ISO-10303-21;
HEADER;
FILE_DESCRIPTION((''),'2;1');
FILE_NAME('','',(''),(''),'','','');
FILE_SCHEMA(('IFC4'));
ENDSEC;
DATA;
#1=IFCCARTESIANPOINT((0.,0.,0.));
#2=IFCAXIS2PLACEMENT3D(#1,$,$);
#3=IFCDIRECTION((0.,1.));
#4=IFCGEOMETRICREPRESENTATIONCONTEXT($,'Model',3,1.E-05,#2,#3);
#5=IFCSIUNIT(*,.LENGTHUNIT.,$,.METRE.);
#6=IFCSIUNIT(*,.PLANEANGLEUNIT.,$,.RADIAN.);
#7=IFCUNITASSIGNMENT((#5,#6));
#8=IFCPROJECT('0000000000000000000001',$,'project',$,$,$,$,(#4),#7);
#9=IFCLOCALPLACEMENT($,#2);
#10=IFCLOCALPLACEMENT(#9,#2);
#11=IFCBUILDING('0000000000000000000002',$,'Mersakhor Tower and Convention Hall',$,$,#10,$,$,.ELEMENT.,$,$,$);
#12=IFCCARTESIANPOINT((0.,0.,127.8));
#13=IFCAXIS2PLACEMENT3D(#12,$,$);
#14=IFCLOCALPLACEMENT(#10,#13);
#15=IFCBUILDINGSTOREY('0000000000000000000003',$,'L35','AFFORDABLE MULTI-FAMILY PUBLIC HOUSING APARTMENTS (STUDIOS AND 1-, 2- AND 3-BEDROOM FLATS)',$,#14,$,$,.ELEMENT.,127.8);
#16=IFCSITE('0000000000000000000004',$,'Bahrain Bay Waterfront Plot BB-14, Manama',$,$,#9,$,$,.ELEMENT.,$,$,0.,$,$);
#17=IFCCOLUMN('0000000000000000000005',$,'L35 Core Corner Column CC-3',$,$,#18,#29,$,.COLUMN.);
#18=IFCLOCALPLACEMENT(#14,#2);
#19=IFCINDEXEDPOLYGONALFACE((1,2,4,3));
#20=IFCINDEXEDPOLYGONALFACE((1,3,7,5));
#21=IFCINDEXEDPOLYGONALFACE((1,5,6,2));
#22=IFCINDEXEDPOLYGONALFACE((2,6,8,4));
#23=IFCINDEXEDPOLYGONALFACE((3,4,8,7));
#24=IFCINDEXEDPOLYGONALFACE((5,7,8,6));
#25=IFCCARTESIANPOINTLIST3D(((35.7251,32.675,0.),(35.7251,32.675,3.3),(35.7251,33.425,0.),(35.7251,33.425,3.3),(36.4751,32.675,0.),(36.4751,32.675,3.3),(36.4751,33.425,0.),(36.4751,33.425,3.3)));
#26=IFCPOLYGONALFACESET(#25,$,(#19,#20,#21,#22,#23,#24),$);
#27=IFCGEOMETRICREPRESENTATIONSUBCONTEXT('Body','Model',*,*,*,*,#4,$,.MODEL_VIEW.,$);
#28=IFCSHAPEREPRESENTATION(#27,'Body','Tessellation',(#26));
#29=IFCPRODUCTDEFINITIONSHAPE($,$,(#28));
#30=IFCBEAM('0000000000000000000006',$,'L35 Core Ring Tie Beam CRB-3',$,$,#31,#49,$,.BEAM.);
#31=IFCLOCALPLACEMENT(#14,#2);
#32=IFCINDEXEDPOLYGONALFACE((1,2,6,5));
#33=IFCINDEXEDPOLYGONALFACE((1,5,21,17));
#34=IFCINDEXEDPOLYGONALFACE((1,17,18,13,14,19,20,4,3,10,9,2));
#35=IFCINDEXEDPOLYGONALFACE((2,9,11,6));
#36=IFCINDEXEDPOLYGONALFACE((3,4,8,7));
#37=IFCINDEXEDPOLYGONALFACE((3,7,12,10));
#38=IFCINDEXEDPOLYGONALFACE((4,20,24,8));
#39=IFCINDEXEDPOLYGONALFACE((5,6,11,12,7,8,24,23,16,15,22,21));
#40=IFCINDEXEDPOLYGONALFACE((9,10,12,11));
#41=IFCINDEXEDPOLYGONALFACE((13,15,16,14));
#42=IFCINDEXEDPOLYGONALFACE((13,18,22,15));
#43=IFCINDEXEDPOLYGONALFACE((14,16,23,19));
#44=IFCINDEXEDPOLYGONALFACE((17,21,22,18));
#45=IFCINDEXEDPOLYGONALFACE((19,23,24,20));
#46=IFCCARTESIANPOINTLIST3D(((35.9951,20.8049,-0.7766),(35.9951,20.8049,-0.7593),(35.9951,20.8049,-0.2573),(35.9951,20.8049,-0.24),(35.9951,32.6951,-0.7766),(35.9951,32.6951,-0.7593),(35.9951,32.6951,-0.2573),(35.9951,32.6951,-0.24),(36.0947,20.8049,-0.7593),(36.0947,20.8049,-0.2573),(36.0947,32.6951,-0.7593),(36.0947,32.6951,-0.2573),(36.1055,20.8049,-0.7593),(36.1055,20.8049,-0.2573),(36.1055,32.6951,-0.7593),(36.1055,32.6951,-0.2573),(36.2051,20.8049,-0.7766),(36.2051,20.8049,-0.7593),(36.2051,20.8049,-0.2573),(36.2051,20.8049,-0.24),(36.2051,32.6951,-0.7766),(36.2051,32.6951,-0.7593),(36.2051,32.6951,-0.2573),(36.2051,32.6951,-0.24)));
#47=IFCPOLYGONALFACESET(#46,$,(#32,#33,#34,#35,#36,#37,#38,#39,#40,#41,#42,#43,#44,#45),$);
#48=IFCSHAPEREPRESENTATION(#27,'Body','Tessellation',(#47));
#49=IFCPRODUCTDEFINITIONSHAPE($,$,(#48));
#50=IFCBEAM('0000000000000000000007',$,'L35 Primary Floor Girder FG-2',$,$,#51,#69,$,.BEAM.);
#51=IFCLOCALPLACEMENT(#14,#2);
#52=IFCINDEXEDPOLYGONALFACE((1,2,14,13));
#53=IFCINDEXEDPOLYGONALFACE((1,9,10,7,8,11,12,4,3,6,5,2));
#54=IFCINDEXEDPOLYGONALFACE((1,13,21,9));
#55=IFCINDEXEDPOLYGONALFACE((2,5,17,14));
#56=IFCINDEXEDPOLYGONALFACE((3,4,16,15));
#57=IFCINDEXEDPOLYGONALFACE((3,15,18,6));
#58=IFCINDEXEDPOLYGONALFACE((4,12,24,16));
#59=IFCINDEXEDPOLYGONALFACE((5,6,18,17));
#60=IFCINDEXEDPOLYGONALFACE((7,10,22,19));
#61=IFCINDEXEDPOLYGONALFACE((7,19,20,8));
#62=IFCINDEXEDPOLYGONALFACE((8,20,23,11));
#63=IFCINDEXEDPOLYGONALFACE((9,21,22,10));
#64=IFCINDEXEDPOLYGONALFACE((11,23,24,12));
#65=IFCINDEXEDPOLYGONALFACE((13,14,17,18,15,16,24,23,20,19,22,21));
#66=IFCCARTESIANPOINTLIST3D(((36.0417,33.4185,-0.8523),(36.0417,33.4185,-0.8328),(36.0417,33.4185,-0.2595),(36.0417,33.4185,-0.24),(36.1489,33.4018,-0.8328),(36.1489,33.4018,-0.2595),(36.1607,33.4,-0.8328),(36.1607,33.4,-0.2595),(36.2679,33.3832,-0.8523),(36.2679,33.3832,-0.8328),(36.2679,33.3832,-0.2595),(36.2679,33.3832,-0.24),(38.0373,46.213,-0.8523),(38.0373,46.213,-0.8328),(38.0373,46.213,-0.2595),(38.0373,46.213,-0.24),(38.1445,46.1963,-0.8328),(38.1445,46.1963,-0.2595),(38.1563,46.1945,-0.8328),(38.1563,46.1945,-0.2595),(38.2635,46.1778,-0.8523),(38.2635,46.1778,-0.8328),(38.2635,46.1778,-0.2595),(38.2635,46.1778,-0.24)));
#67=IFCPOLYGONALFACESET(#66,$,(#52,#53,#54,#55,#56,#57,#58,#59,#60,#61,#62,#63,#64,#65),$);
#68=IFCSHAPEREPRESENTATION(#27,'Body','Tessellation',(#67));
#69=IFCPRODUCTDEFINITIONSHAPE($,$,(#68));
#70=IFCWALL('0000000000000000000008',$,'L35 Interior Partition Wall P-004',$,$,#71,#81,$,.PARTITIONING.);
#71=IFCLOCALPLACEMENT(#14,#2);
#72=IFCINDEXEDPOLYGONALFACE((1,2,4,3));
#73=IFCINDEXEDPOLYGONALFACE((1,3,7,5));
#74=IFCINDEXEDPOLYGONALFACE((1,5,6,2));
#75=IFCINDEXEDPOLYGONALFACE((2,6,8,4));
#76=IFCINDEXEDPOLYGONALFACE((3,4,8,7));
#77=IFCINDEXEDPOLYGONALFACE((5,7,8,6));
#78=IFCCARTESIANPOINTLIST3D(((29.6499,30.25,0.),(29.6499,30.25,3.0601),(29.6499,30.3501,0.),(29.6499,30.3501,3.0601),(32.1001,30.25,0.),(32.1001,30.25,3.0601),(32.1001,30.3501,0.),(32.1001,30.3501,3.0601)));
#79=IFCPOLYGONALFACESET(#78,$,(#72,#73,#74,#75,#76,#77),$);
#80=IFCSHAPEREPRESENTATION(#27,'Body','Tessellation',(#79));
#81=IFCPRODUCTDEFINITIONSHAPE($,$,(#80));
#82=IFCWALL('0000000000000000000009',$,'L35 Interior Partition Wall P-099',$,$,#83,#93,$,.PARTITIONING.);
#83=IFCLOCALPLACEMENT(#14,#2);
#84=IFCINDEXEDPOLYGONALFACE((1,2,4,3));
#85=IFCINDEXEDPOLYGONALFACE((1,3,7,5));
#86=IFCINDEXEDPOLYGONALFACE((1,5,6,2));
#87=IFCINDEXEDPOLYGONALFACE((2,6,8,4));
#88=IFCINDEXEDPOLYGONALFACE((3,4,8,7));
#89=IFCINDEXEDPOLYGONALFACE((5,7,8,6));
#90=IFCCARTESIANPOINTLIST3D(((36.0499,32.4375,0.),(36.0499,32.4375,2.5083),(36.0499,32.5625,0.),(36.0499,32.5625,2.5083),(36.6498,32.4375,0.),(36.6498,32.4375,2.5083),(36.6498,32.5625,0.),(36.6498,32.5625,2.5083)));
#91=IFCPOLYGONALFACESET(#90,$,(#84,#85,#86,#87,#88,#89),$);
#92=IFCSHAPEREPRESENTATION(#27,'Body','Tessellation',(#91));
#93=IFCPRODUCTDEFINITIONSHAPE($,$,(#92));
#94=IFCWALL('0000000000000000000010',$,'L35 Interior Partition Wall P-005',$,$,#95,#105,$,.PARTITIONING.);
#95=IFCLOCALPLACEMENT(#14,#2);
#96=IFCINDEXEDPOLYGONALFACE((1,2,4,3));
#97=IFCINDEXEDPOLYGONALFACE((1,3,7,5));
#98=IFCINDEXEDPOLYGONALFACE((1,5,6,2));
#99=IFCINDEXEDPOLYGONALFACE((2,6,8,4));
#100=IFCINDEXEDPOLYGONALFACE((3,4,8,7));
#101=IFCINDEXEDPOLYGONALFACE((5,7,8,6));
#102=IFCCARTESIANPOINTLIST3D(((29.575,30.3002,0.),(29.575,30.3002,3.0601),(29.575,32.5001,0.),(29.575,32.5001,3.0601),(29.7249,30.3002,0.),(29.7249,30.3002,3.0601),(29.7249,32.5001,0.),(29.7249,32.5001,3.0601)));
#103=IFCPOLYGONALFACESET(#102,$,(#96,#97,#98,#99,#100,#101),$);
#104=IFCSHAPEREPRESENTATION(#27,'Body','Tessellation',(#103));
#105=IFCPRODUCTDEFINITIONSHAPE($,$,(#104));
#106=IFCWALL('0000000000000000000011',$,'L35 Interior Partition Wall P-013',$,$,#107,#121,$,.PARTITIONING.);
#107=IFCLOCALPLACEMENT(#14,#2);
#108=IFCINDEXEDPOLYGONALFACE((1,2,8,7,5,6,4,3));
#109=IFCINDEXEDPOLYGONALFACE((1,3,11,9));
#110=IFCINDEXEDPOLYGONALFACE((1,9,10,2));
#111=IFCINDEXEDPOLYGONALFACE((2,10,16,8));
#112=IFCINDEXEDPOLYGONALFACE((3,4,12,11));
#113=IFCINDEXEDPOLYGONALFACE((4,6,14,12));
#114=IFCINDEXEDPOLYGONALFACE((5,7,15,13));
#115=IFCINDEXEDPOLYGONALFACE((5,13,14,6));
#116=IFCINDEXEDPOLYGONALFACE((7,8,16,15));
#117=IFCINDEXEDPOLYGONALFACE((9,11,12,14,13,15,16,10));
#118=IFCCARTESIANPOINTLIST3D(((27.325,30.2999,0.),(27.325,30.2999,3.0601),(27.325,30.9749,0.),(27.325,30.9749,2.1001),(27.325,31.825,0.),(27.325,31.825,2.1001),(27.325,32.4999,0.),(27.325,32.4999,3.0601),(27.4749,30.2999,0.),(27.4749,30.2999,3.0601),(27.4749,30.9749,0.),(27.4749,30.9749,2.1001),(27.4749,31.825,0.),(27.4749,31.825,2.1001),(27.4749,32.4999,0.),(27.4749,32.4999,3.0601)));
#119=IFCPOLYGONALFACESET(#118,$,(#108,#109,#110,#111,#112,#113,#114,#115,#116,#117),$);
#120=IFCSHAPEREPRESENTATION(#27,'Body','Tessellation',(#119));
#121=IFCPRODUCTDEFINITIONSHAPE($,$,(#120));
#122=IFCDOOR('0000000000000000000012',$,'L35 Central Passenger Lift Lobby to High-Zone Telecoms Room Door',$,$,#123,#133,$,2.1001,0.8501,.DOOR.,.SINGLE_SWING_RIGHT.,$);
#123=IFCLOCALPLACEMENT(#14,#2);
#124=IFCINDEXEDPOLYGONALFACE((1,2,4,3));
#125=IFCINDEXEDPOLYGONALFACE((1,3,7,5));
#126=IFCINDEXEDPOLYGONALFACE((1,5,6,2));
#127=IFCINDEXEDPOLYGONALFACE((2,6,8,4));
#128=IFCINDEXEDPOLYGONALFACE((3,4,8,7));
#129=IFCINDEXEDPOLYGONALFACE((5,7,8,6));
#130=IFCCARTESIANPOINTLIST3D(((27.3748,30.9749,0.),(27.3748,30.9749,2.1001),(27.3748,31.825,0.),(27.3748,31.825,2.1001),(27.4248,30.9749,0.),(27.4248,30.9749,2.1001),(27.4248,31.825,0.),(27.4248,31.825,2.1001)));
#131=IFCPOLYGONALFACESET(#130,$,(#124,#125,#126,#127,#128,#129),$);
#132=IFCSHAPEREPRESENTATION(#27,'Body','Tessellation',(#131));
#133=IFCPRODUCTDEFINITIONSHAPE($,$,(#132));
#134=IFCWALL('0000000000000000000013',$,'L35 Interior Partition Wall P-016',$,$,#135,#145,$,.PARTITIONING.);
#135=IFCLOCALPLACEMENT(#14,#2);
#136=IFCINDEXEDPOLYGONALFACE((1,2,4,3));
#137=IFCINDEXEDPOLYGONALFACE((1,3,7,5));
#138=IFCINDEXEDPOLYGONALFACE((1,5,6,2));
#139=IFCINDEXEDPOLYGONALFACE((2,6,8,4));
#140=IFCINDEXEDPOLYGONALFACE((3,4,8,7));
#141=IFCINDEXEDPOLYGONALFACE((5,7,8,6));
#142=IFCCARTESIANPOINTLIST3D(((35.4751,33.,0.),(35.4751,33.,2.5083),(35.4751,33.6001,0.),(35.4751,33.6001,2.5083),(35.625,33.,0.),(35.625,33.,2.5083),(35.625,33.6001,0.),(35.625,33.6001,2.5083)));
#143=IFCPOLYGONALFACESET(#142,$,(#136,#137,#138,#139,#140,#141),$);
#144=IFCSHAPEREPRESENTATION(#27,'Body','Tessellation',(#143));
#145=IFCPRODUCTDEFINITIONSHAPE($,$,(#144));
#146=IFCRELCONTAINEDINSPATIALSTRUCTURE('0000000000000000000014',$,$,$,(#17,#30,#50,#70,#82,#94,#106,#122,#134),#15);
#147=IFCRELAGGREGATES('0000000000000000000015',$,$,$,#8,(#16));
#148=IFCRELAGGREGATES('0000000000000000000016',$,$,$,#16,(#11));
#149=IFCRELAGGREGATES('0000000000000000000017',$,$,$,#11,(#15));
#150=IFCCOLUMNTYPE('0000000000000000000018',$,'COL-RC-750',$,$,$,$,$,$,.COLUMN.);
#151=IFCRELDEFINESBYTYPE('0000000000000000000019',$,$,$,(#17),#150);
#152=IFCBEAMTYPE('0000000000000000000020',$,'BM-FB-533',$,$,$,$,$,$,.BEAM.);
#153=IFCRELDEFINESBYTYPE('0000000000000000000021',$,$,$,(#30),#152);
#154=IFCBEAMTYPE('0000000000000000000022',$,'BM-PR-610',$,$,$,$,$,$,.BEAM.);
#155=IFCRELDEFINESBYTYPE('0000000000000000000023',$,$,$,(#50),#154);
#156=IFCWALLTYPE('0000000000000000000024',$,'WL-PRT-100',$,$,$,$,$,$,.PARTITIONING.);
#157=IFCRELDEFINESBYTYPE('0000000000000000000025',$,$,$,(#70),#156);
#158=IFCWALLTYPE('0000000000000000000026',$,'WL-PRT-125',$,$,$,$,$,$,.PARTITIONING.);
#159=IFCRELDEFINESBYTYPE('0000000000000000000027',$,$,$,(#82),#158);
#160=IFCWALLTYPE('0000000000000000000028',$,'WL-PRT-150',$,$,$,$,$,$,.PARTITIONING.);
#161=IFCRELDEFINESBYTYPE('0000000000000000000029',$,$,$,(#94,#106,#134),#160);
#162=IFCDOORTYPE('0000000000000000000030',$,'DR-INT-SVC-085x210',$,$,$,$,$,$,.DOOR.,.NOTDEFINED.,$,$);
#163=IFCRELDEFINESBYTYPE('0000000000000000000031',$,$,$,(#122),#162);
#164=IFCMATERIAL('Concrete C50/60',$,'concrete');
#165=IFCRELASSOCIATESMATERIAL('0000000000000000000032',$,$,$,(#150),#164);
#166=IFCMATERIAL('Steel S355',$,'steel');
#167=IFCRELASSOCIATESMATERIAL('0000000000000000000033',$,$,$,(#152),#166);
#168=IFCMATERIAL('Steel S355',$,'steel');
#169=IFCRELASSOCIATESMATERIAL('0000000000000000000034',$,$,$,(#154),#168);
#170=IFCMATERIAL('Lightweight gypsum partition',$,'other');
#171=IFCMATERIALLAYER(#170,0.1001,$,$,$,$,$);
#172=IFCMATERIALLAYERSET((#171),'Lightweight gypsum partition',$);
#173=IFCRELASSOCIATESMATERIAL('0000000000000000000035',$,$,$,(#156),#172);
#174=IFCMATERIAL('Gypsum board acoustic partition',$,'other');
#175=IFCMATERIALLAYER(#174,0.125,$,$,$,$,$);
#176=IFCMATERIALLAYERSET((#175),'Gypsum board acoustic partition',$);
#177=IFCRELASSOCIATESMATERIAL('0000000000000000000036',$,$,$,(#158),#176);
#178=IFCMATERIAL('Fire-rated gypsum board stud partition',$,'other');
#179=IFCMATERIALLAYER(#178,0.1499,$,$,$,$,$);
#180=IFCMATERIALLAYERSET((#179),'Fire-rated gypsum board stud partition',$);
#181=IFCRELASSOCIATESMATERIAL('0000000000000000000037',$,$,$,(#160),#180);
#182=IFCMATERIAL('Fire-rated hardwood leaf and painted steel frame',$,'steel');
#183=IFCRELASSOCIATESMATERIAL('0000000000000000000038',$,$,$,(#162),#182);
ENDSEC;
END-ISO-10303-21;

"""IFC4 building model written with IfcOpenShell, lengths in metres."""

from ifc_helpers import new_model, si_unit, direction, frame, frame_2d, origin, origin_2d, place, context, subcontext, project, spatial, rectangle, i_section, extrude, material, layer, layer_set, material_profile, profile_set, type_object, element, fill, save


model = new_model("IFC4")

# Units and contexts
model_context = context("Model", 3, precision=1e-05, world=origin(), true_north=direction((0.0, 1.0)))
body_context = subcontext(model_context, "Body", "Model", "MODEL_VIEW")
ifc_project = project(units=[si_unit("LENGTHUNIT", "METRE"), si_unit("PLANEANGLEUNIT", "RADIAN")], contexts=[model_context])

# Site, building, storey
site_placement = place(None, origin())
site = spatial("IfcSite", under=ifc_project, at=site_placement, Name="Bahrain Bay Waterfront Plot BB-14, Manama", CompositionType="ELEMENT", RefElevation=0.0)
building_placement = place(site_placement, origin())
building = spatial("IfcBuilding", under=site, at=building_placement, Name="Mersakhor Tower and Convention Hall", CompositionType="ELEMENT")
storey_placement = place(building_placement, frame((0.0, 0.0, 127.8)))
storey = spatial("IfcBuildingStorey", under=building, at=storey_placement, Name="L35", Description="AFFORDABLE MULTI-FAMILY PUBLIC HOUSING APARTMENTS (STUDIOS AND 1-, 2- AND 3-BEDROOM FLATS)", CompositionType="ELEMENT", Elevation=127.8)

# Column
ifc_material_1 = material(Name="Concrete C50/60", Category="concrete")
ifc_material_profile_1 = material_profile(ifc_material_1, rectangle(XDim=0.75, YDim=0.75, at=origin_2d()), Name="RC 750x750")
ifc_profile_set_1 = profile_set([ifc_material_profile_1], Name="Concrete C50/60")
column_type = type_object("IfcColumnType", Name="COL-RC-750", PredefinedType="COLUMN", material=ifc_profile_set_1)
column_placement = place(storey_placement, frame((36.1001, 33.05, 0.0), z_axis=(0.0, 0.0, 1.0), x_axis=(1.0, 0.0, 0.0)))
element("IfcColumn", 1, at=column_placement, inside=storey, type_object=column_type, Name="L35 Core Corner Column CC-3", PredefinedType="COLUMN", context=body_context, shape_type="SweptSolid", body=[
    extrude(rectangle(XDim=0.75, YDim=0.75, at=origin_2d()), origin(), (0.0, 0.0, 1.0), 3.3),
])

# Beams
ifc_material_2 = material(Name="Steel S355", Category="steel")
ifc_material_profile_2 = material_profile(ifc_material_2, i_section(OverallWidth=0.21, OverallDepth=0.5366, WebThickness=0.0107, FlangeThickness=0.0173, at=origin_2d()), Name="UB 533x210x101")
ifc_profile_set_2 = profile_set([ifc_material_profile_2], Name="Steel S355")
beam_type_1 = type_object("IfcBeamType", Name="BM-FB-533", PredefinedType="BEAM", material=ifc_profile_set_2)
beam_1_placement = place(storey_placement, frame((36.1001, 32.6951, -0.5083), z_axis=(0.0, -1.0, 0.0), x_axis=(1.0, 0.0, 0.0)))
element("IfcBeam", 2, at=beam_1_placement, inside=storey, type_object=beam_type_1, Name="L35 Core Ring Tie Beam CRB-3", PredefinedType="BEAM", context=body_context, shape_type="SweptSolid", body=[
    extrude(i_section(OverallWidth=0.21, OverallDepth=0.5366, WebThickness=0.0107, FlangeThickness=0.0173, at=origin_2d()), origin(), (0.0, 0.0, 1.0), 11.8901),
])
ifc_material_3 = material(Name="Steel S355", Category="steel")
ifc_material_profile_3 = material_profile(ifc_material_3, i_section(OverallWidth=0.229, OverallDepth=0.6123, WebThickness=0.012, FlangeThickness=0.0195, at=origin_2d()), Name="UB 610x229x125")
ifc_profile_set_3 = profile_set([ifc_material_profile_3], Name="Steel S355")
beam_type_2 = type_object("IfcBeamType", Name="BM-PR-610", PredefinedType="BEAM", material=ifc_profile_set_3)
beam_2_placement = place(storey_placement, frame((36.1548, 33.4009, -0.5461), z_axis=(0.154111, 0.988054, 0.0), x_axis=(-0.988054, 0.154111, 0.0)))
element("IfcBeam", 3, at=beam_2_placement, inside=storey, type_object=beam_type_2, Name="L35 Primary Floor Girder FG-2", PredefinedType="BEAM", context=body_context, shape_type="SweptSolid", body=[
    extrude(i_section(OverallWidth=0.229, OverallDepth=0.6123, WebThickness=0.012, FlangeThickness=0.0195, at=origin_2d()), origin(), (0.0, 0.0, 1.0), 12.9492),
])

# Walls
ifc_material_4 = material(Name="Lightweight gypsum partition", Category="other")
ifc_layer_1 = layer(ifc_material_4, 0.1001)
ifc_layer_set_1 = layer_set([ifc_layer_1], Name="Lightweight gypsum partition")
wall_type_1 = type_object("IfcWallType", Name="WL-PRT-100", PredefinedType="PARTITIONING", material=ifc_layer_set_1)
wall_1_placement = place(storey_placement, frame((32.1001, 30.3, 0.0), z_axis=(0.0, 0.0, 1.0), x_axis=(-1.0, 0.0, 0.0)))
element("IfcWall", 4, at=wall_1_placement, inside=storey, type_object=wall_type_1, Name="L35 Interior Partition Wall P-004", PredefinedType="PARTITIONING", context=body_context, shape_type="SweptSolid", body=[
    extrude(rectangle(XDim=2.4502, YDim=0.1001, at=frame_2d((1.2251, 0.0))), origin(), (0.0, 0.0, 1.0), 3.0601),
])
ifc_material_5 = material(Name="Gypsum board acoustic partition", Category="other")
ifc_layer_2 = layer(ifc_material_5, 0.125)
ifc_layer_set_2 = layer_set([ifc_layer_2], Name="Gypsum board acoustic partition")
wall_type_2 = type_object("IfcWallType", Name="WL-PRT-125", PredefinedType="PARTITIONING", material=ifc_layer_set_2)
wall_2_placement = place(storey_placement, frame((36.05, 32.5, 0.0), z_axis=(0.0, 0.0, 1.0), x_axis=(1.0, 0.0, 0.0)))
element("IfcWall", 5, at=wall_2_placement, inside=storey, type_object=wall_type_2, Name="L35 Interior Partition Wall P-099", PredefinedType="PARTITIONING", context=body_context, shape_type="SweptSolid", body=[
    extrude(rectangle(XDim=0.5999, YDim=0.125, at=frame_2d((0.2998, 0.0))), origin(), (0.0, 0.0, 1.0), 2.5083),
])
ifc_material_6 = material(Name="Fire-rated gypsum board stud partition", Category="other")
ifc_layer_3 = layer(ifc_material_6, 0.1499)
ifc_layer_set_3 = layer_set([ifc_layer_3], Name="Fire-rated gypsum board stud partition")
wall_type_3 = type_object("IfcWallType", Name="WL-PRT-150", PredefinedType="PARTITIONING", material=ifc_layer_set_3)
wall_3_placement = place(storey_placement, frame((29.6499, 30.3, 0.0), z_axis=(0.0, 0.0, 1.0), x_axis=(0.0, 1.0, 0.0)))
element("IfcWall", 6, at=wall_3_placement, inside=storey, type_object=wall_type_3, Name="L35 Interior Partition Wall P-005", PredefinedType="PARTITIONING", context=body_context, shape_type="SweptSolid", body=[
    extrude(rectangle(XDim=2.2, YDim=0.1499, at=frame_2d((1.1001, 0.0))), origin(), (0.0, 0.0, 1.0), 3.0601),
])

# Wall, opening, door
wall_4_placement = place(storey_placement, frame((27.3999, 32.5, 0.0), z_axis=(0.0, 0.0, 1.0), x_axis=(0.0, -1.0, 0.0)))
wall_4 = element("IfcWall", 7, at=wall_4_placement, inside=storey, type_object=wall_type_3, Name="L35 Interior Partition Wall P-013", PredefinedType="PARTITIONING", context=body_context, shape_type="SweptSolid", body=[
    extrude(rectangle(XDim=2.2, YDim=0.1499, at=frame_2d((1.1001, 0.0))), origin(), (0.0, 0.0, 1.0), 3.0601),
])
opening_1_placement = place(wall_4_placement, frame((0.675, 0.0, 0.0)))
opening_1 = element("IfcOpeningElement", 8, at=opening_1_placement, cuts=wall_4, PredefinedType="OPENING", context=body_context, shape_type="SweptSolid", body=[
    extrude(rectangle(XDim=0.8501, YDim=2.1001, at=frame_2d((0.425, 1.05))), frame((0.0, 0.085, 0.0), z_axis=(0.0, -1.0, 0.0), x_axis=(1.0, 0.0, 0.0)), (0.0, 0.0, 1.0), 0.1699),
])
ifc_material_7 = material(Name="Fire-rated hardwood leaf and painted steel frame", Category="steel")
door_type_1 = type_object("IfcDoorType", Name="DR-INT-SVC-085x210", OperationType="NOTDEFINED", PredefinedType="DOOR", material=ifc_material_7)
door_1_placement = place(opening_1_placement, origin())
door_1 = element("IfcDoor", 9, at=door_1_placement, inside=storey, type_object=door_type_1, Name="L35 Central Passenger Lift Lobby to High-Zone Telecoms Room Door", OperationType="SINGLE_SWING_RIGHT", OverallHeight=2.1001, OverallWidth=0.8501, PredefinedType="DOOR", context=body_context, shape_type="SweptSolid", body=[
    extrude(rectangle(XDim=0.8501, YDim=2.1001, at=frame_2d((0.425, 1.05))), frame((0.0, 0.0249, 0.0), z_axis=(0.0, -1.0, 0.0), x_axis=(1.0, 0.0, 0.0)), (0.0, 0.0, 1.0), 0.05),
])
fill(opening_1, door_1)

# Wall
wall_5_placement = place(storey_placement, frame((35.55, 33.6001, 0.0), z_axis=(0.0, 0.0, 1.0), x_axis=(0.0, -1.0, 0.0)))
element("IfcWall", 10, at=wall_5_placement, inside=storey, type_object=wall_type_3, Name="L35 Interior Partition Wall P-016", PredefinedType="PARTITIONING", context=body_context, shape_type="SweptSolid", body=[
    extrude(rectangle(XDim=0.6001, YDim=0.1499, at=frame_2d((0.3, 0.0))), origin(), (0.0, 0.0, 1.0), 2.5083),
])

save(model, "model.ifc")
